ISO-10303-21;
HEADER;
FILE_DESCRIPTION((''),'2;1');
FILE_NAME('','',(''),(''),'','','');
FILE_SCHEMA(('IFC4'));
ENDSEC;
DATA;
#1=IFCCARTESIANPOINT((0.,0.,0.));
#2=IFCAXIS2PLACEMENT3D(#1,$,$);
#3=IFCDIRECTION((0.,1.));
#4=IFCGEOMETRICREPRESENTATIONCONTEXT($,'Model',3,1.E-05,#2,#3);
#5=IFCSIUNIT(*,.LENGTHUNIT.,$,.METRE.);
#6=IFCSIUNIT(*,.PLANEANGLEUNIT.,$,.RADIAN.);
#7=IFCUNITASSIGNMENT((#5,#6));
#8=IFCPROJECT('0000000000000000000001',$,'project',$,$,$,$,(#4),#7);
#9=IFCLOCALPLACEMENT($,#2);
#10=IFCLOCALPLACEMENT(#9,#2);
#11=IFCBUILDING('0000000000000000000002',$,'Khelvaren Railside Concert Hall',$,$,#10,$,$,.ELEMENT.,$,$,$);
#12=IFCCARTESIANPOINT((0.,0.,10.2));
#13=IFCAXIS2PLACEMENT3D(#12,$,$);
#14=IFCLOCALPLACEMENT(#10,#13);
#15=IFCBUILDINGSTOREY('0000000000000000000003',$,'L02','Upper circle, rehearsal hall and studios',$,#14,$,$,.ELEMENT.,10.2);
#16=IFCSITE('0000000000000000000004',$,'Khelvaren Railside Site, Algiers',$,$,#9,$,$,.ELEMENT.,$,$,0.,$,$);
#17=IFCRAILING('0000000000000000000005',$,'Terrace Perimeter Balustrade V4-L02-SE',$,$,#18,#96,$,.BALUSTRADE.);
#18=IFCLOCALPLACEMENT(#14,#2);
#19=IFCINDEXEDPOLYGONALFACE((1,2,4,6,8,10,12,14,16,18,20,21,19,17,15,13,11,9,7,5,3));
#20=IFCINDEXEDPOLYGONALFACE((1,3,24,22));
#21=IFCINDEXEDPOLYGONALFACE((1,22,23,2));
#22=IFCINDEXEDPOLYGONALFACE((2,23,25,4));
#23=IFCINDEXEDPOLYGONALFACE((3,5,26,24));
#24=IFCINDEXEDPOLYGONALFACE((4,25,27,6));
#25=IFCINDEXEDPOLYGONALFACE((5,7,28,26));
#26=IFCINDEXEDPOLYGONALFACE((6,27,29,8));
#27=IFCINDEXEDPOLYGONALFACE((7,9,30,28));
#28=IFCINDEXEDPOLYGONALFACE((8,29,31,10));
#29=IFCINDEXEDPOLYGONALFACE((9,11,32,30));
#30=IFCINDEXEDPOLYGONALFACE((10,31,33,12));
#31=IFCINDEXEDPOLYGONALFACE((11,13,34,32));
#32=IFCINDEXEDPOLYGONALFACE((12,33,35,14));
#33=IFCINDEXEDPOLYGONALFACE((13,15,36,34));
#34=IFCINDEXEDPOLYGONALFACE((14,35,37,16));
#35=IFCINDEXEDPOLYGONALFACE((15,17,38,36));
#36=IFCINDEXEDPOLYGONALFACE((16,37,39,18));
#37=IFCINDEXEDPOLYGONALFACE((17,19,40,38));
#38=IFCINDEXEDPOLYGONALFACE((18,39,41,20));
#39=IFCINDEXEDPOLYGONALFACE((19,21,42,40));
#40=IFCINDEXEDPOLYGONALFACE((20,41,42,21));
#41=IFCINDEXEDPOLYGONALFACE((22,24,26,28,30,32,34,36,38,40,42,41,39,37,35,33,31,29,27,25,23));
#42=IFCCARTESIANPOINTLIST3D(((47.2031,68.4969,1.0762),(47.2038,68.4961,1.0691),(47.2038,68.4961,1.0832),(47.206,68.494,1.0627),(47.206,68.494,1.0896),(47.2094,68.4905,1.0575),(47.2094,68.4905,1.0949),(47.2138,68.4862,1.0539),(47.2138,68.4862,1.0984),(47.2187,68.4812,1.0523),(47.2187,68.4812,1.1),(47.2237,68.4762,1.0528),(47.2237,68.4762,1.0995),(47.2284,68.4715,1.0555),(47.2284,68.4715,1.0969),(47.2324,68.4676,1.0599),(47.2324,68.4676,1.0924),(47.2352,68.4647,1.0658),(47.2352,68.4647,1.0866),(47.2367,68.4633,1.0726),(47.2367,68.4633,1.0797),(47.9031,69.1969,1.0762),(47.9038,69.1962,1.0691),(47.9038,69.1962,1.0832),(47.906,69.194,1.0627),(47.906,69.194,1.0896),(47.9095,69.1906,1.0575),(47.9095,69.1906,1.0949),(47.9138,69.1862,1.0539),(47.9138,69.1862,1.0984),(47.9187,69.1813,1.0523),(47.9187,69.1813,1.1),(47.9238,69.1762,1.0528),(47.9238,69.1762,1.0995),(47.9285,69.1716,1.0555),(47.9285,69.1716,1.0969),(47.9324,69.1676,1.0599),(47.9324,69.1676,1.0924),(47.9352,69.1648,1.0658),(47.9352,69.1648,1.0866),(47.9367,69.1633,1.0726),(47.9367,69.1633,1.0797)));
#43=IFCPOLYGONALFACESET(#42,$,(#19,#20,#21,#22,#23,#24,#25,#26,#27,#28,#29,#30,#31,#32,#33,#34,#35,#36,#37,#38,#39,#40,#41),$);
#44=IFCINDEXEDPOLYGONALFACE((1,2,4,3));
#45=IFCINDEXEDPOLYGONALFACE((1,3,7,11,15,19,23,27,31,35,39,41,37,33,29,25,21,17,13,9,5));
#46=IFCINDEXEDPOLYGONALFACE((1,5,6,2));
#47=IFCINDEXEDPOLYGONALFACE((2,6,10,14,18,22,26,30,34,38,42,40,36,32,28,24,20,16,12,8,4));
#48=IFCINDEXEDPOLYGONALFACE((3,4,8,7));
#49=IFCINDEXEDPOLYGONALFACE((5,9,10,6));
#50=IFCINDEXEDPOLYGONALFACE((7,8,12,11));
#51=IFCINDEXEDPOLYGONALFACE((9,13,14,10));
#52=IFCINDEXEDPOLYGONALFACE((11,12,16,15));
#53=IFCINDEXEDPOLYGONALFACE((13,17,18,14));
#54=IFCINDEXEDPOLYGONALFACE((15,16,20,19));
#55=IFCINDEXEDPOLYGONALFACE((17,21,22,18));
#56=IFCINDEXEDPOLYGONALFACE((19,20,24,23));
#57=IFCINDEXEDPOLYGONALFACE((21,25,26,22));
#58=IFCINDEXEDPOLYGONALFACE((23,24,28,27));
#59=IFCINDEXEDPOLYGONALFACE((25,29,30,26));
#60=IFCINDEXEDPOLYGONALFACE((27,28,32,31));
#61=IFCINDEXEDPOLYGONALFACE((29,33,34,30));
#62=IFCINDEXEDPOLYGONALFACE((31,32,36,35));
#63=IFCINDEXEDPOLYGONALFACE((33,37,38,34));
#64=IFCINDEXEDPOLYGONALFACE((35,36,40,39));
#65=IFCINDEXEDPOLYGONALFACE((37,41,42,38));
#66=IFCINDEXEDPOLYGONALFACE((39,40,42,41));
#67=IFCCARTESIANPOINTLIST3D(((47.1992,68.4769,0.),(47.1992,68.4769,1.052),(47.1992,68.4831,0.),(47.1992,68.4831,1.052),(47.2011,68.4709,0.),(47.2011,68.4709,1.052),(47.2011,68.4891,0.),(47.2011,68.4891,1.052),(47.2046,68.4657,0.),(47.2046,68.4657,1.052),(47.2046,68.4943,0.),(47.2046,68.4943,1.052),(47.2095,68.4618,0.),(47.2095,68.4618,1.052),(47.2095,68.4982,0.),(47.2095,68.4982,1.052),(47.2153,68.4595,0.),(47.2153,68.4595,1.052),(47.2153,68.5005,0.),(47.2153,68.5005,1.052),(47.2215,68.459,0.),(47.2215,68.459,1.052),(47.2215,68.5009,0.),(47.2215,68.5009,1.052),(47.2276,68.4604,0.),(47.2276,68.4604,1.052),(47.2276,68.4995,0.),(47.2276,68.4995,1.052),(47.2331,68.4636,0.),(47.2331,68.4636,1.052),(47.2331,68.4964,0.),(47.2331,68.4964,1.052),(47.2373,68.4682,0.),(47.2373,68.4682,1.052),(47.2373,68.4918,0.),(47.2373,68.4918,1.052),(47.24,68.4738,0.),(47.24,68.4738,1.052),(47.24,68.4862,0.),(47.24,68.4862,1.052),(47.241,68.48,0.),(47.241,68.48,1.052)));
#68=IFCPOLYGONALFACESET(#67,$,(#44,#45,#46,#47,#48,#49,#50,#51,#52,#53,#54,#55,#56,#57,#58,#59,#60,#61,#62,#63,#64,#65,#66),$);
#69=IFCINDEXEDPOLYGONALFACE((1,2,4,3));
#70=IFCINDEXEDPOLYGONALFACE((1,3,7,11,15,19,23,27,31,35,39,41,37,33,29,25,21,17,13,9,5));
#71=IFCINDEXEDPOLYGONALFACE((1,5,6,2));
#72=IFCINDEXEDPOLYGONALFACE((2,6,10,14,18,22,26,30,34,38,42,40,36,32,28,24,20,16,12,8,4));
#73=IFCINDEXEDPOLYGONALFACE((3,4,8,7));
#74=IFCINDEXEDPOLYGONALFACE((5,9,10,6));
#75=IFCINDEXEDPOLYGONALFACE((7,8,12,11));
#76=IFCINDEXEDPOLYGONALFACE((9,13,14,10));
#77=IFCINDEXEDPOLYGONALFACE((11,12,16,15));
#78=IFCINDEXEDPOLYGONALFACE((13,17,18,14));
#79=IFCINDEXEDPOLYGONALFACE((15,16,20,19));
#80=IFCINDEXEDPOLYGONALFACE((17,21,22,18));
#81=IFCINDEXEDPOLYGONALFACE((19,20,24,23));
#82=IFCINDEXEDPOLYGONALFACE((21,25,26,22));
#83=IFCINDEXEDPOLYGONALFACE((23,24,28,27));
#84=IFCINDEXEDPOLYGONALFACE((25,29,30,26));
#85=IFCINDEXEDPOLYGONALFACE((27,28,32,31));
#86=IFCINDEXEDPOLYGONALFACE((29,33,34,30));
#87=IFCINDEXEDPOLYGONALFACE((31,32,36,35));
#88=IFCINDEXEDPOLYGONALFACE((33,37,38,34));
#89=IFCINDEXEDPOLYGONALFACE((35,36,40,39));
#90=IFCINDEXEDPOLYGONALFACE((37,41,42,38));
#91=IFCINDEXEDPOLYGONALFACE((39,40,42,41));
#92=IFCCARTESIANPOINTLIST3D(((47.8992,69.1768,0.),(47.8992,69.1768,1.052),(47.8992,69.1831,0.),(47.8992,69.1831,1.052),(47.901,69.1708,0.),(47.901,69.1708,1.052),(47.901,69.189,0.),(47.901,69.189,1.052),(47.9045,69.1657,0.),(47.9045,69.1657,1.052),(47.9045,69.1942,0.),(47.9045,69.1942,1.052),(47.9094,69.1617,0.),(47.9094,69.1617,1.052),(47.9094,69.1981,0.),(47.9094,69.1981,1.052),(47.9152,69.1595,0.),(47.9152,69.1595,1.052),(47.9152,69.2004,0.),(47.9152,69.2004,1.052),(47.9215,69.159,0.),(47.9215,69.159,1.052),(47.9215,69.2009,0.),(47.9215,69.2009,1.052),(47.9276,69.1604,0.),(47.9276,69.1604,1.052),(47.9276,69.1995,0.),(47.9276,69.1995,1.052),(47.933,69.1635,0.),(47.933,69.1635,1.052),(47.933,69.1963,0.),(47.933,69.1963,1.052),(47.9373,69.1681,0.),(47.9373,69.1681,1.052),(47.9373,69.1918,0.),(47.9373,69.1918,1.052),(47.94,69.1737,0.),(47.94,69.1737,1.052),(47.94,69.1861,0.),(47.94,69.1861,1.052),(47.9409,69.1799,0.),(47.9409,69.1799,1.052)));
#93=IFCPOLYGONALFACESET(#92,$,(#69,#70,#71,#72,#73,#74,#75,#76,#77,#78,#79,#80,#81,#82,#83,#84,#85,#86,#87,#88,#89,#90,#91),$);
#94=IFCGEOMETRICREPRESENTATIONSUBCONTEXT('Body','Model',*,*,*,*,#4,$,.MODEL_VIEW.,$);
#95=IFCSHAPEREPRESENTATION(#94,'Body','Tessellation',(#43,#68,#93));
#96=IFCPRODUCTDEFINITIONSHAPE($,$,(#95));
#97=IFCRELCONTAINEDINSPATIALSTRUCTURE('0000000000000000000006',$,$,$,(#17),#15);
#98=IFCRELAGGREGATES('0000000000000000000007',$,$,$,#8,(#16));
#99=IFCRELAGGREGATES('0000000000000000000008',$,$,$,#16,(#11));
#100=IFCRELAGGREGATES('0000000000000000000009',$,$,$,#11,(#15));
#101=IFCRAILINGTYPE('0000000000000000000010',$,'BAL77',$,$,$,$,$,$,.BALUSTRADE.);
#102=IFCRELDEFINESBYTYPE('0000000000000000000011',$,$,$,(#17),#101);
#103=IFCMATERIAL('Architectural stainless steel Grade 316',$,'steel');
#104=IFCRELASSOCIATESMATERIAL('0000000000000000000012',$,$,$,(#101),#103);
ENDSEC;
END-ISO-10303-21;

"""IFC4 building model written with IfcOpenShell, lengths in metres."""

from ifc_helpers import new_model, si_unit, direction, frame, origin, origin_2d, place, context, subcontext, project, spatial, circle, extrude, material, type_object, element, save


model = new_model("IFC4")

# Units and contexts
model_context = context("Model", 3, precision=1e-05, world=origin(), true_north=direction((0.0, 1.0)))
body_context = subcontext(model_context, "Body", "Model", "MODEL_VIEW")
ifc_project = project(units=[si_unit("LENGTHUNIT", "METRE"), si_unit("PLANEANGLEUNIT", "RADIAN")], contexts=[model_context])

# Site, building, storey
site_placement = place(None, origin())
site = spatial("IfcSite", under=ifc_project, at=site_placement, Name="Khelvaren Railside Site, Algiers", CompositionType="ELEMENT", RefElevation=0.0)
building_placement = place(site_placement, origin())
building = spatial("IfcBuilding", under=site, at=building_placement, Name="Khelvaren Railside Concert Hall", CompositionType="ELEMENT")
storey_placement = place(building_placement, frame((0.0, 0.0, 10.2)))
storey = spatial("IfcBuildingStorey", under=building, at=storey_placement, Name="L02", Description="Upper circle, rehearsal hall and studios", CompositionType="ELEMENT", Elevation=10.2)

# Railing
ifc_material_1 = material(Name="Architectural stainless steel Grade 316", Category="steel")
railing_type = type_object("IfcRailingType", Name="BAL77", PredefinedType="BALUSTRADE", material=ifc_material_1)
railing_1_placement = place(storey_placement, frame((47.22, 68.48, 0.0)))
element("IfcRailing", 1, at=railing_1_placement, inside=storey, type_object=railing_type, Name="Terrace Perimeter Balustrade V4-L02-SE", PredefinedType="BALUSTRADE", context=body_context, shape_type="SweptSolid", body=[
    extrude(circle(Radius=0.0239, at=origin_2d()), frame((0.0, 0.0, 1.0762), z_axis=(0.707107, 0.707107, 0.0), x_axis=(-0.707107, 0.707107, 0.0)), (0.0, 0.0, 1.0), 0.99),
    extrude(circle(Radius=0.021, at=origin_2d()), origin(), (0.0, 0.0, 1.0), 1.052),
    extrude(circle(Radius=0.021, at=origin_2d()), frame((0.7, 0.7, 0.0)), (0.0, 0.0, 1.0), 1.052),
])

save(model, "model.ifc")
